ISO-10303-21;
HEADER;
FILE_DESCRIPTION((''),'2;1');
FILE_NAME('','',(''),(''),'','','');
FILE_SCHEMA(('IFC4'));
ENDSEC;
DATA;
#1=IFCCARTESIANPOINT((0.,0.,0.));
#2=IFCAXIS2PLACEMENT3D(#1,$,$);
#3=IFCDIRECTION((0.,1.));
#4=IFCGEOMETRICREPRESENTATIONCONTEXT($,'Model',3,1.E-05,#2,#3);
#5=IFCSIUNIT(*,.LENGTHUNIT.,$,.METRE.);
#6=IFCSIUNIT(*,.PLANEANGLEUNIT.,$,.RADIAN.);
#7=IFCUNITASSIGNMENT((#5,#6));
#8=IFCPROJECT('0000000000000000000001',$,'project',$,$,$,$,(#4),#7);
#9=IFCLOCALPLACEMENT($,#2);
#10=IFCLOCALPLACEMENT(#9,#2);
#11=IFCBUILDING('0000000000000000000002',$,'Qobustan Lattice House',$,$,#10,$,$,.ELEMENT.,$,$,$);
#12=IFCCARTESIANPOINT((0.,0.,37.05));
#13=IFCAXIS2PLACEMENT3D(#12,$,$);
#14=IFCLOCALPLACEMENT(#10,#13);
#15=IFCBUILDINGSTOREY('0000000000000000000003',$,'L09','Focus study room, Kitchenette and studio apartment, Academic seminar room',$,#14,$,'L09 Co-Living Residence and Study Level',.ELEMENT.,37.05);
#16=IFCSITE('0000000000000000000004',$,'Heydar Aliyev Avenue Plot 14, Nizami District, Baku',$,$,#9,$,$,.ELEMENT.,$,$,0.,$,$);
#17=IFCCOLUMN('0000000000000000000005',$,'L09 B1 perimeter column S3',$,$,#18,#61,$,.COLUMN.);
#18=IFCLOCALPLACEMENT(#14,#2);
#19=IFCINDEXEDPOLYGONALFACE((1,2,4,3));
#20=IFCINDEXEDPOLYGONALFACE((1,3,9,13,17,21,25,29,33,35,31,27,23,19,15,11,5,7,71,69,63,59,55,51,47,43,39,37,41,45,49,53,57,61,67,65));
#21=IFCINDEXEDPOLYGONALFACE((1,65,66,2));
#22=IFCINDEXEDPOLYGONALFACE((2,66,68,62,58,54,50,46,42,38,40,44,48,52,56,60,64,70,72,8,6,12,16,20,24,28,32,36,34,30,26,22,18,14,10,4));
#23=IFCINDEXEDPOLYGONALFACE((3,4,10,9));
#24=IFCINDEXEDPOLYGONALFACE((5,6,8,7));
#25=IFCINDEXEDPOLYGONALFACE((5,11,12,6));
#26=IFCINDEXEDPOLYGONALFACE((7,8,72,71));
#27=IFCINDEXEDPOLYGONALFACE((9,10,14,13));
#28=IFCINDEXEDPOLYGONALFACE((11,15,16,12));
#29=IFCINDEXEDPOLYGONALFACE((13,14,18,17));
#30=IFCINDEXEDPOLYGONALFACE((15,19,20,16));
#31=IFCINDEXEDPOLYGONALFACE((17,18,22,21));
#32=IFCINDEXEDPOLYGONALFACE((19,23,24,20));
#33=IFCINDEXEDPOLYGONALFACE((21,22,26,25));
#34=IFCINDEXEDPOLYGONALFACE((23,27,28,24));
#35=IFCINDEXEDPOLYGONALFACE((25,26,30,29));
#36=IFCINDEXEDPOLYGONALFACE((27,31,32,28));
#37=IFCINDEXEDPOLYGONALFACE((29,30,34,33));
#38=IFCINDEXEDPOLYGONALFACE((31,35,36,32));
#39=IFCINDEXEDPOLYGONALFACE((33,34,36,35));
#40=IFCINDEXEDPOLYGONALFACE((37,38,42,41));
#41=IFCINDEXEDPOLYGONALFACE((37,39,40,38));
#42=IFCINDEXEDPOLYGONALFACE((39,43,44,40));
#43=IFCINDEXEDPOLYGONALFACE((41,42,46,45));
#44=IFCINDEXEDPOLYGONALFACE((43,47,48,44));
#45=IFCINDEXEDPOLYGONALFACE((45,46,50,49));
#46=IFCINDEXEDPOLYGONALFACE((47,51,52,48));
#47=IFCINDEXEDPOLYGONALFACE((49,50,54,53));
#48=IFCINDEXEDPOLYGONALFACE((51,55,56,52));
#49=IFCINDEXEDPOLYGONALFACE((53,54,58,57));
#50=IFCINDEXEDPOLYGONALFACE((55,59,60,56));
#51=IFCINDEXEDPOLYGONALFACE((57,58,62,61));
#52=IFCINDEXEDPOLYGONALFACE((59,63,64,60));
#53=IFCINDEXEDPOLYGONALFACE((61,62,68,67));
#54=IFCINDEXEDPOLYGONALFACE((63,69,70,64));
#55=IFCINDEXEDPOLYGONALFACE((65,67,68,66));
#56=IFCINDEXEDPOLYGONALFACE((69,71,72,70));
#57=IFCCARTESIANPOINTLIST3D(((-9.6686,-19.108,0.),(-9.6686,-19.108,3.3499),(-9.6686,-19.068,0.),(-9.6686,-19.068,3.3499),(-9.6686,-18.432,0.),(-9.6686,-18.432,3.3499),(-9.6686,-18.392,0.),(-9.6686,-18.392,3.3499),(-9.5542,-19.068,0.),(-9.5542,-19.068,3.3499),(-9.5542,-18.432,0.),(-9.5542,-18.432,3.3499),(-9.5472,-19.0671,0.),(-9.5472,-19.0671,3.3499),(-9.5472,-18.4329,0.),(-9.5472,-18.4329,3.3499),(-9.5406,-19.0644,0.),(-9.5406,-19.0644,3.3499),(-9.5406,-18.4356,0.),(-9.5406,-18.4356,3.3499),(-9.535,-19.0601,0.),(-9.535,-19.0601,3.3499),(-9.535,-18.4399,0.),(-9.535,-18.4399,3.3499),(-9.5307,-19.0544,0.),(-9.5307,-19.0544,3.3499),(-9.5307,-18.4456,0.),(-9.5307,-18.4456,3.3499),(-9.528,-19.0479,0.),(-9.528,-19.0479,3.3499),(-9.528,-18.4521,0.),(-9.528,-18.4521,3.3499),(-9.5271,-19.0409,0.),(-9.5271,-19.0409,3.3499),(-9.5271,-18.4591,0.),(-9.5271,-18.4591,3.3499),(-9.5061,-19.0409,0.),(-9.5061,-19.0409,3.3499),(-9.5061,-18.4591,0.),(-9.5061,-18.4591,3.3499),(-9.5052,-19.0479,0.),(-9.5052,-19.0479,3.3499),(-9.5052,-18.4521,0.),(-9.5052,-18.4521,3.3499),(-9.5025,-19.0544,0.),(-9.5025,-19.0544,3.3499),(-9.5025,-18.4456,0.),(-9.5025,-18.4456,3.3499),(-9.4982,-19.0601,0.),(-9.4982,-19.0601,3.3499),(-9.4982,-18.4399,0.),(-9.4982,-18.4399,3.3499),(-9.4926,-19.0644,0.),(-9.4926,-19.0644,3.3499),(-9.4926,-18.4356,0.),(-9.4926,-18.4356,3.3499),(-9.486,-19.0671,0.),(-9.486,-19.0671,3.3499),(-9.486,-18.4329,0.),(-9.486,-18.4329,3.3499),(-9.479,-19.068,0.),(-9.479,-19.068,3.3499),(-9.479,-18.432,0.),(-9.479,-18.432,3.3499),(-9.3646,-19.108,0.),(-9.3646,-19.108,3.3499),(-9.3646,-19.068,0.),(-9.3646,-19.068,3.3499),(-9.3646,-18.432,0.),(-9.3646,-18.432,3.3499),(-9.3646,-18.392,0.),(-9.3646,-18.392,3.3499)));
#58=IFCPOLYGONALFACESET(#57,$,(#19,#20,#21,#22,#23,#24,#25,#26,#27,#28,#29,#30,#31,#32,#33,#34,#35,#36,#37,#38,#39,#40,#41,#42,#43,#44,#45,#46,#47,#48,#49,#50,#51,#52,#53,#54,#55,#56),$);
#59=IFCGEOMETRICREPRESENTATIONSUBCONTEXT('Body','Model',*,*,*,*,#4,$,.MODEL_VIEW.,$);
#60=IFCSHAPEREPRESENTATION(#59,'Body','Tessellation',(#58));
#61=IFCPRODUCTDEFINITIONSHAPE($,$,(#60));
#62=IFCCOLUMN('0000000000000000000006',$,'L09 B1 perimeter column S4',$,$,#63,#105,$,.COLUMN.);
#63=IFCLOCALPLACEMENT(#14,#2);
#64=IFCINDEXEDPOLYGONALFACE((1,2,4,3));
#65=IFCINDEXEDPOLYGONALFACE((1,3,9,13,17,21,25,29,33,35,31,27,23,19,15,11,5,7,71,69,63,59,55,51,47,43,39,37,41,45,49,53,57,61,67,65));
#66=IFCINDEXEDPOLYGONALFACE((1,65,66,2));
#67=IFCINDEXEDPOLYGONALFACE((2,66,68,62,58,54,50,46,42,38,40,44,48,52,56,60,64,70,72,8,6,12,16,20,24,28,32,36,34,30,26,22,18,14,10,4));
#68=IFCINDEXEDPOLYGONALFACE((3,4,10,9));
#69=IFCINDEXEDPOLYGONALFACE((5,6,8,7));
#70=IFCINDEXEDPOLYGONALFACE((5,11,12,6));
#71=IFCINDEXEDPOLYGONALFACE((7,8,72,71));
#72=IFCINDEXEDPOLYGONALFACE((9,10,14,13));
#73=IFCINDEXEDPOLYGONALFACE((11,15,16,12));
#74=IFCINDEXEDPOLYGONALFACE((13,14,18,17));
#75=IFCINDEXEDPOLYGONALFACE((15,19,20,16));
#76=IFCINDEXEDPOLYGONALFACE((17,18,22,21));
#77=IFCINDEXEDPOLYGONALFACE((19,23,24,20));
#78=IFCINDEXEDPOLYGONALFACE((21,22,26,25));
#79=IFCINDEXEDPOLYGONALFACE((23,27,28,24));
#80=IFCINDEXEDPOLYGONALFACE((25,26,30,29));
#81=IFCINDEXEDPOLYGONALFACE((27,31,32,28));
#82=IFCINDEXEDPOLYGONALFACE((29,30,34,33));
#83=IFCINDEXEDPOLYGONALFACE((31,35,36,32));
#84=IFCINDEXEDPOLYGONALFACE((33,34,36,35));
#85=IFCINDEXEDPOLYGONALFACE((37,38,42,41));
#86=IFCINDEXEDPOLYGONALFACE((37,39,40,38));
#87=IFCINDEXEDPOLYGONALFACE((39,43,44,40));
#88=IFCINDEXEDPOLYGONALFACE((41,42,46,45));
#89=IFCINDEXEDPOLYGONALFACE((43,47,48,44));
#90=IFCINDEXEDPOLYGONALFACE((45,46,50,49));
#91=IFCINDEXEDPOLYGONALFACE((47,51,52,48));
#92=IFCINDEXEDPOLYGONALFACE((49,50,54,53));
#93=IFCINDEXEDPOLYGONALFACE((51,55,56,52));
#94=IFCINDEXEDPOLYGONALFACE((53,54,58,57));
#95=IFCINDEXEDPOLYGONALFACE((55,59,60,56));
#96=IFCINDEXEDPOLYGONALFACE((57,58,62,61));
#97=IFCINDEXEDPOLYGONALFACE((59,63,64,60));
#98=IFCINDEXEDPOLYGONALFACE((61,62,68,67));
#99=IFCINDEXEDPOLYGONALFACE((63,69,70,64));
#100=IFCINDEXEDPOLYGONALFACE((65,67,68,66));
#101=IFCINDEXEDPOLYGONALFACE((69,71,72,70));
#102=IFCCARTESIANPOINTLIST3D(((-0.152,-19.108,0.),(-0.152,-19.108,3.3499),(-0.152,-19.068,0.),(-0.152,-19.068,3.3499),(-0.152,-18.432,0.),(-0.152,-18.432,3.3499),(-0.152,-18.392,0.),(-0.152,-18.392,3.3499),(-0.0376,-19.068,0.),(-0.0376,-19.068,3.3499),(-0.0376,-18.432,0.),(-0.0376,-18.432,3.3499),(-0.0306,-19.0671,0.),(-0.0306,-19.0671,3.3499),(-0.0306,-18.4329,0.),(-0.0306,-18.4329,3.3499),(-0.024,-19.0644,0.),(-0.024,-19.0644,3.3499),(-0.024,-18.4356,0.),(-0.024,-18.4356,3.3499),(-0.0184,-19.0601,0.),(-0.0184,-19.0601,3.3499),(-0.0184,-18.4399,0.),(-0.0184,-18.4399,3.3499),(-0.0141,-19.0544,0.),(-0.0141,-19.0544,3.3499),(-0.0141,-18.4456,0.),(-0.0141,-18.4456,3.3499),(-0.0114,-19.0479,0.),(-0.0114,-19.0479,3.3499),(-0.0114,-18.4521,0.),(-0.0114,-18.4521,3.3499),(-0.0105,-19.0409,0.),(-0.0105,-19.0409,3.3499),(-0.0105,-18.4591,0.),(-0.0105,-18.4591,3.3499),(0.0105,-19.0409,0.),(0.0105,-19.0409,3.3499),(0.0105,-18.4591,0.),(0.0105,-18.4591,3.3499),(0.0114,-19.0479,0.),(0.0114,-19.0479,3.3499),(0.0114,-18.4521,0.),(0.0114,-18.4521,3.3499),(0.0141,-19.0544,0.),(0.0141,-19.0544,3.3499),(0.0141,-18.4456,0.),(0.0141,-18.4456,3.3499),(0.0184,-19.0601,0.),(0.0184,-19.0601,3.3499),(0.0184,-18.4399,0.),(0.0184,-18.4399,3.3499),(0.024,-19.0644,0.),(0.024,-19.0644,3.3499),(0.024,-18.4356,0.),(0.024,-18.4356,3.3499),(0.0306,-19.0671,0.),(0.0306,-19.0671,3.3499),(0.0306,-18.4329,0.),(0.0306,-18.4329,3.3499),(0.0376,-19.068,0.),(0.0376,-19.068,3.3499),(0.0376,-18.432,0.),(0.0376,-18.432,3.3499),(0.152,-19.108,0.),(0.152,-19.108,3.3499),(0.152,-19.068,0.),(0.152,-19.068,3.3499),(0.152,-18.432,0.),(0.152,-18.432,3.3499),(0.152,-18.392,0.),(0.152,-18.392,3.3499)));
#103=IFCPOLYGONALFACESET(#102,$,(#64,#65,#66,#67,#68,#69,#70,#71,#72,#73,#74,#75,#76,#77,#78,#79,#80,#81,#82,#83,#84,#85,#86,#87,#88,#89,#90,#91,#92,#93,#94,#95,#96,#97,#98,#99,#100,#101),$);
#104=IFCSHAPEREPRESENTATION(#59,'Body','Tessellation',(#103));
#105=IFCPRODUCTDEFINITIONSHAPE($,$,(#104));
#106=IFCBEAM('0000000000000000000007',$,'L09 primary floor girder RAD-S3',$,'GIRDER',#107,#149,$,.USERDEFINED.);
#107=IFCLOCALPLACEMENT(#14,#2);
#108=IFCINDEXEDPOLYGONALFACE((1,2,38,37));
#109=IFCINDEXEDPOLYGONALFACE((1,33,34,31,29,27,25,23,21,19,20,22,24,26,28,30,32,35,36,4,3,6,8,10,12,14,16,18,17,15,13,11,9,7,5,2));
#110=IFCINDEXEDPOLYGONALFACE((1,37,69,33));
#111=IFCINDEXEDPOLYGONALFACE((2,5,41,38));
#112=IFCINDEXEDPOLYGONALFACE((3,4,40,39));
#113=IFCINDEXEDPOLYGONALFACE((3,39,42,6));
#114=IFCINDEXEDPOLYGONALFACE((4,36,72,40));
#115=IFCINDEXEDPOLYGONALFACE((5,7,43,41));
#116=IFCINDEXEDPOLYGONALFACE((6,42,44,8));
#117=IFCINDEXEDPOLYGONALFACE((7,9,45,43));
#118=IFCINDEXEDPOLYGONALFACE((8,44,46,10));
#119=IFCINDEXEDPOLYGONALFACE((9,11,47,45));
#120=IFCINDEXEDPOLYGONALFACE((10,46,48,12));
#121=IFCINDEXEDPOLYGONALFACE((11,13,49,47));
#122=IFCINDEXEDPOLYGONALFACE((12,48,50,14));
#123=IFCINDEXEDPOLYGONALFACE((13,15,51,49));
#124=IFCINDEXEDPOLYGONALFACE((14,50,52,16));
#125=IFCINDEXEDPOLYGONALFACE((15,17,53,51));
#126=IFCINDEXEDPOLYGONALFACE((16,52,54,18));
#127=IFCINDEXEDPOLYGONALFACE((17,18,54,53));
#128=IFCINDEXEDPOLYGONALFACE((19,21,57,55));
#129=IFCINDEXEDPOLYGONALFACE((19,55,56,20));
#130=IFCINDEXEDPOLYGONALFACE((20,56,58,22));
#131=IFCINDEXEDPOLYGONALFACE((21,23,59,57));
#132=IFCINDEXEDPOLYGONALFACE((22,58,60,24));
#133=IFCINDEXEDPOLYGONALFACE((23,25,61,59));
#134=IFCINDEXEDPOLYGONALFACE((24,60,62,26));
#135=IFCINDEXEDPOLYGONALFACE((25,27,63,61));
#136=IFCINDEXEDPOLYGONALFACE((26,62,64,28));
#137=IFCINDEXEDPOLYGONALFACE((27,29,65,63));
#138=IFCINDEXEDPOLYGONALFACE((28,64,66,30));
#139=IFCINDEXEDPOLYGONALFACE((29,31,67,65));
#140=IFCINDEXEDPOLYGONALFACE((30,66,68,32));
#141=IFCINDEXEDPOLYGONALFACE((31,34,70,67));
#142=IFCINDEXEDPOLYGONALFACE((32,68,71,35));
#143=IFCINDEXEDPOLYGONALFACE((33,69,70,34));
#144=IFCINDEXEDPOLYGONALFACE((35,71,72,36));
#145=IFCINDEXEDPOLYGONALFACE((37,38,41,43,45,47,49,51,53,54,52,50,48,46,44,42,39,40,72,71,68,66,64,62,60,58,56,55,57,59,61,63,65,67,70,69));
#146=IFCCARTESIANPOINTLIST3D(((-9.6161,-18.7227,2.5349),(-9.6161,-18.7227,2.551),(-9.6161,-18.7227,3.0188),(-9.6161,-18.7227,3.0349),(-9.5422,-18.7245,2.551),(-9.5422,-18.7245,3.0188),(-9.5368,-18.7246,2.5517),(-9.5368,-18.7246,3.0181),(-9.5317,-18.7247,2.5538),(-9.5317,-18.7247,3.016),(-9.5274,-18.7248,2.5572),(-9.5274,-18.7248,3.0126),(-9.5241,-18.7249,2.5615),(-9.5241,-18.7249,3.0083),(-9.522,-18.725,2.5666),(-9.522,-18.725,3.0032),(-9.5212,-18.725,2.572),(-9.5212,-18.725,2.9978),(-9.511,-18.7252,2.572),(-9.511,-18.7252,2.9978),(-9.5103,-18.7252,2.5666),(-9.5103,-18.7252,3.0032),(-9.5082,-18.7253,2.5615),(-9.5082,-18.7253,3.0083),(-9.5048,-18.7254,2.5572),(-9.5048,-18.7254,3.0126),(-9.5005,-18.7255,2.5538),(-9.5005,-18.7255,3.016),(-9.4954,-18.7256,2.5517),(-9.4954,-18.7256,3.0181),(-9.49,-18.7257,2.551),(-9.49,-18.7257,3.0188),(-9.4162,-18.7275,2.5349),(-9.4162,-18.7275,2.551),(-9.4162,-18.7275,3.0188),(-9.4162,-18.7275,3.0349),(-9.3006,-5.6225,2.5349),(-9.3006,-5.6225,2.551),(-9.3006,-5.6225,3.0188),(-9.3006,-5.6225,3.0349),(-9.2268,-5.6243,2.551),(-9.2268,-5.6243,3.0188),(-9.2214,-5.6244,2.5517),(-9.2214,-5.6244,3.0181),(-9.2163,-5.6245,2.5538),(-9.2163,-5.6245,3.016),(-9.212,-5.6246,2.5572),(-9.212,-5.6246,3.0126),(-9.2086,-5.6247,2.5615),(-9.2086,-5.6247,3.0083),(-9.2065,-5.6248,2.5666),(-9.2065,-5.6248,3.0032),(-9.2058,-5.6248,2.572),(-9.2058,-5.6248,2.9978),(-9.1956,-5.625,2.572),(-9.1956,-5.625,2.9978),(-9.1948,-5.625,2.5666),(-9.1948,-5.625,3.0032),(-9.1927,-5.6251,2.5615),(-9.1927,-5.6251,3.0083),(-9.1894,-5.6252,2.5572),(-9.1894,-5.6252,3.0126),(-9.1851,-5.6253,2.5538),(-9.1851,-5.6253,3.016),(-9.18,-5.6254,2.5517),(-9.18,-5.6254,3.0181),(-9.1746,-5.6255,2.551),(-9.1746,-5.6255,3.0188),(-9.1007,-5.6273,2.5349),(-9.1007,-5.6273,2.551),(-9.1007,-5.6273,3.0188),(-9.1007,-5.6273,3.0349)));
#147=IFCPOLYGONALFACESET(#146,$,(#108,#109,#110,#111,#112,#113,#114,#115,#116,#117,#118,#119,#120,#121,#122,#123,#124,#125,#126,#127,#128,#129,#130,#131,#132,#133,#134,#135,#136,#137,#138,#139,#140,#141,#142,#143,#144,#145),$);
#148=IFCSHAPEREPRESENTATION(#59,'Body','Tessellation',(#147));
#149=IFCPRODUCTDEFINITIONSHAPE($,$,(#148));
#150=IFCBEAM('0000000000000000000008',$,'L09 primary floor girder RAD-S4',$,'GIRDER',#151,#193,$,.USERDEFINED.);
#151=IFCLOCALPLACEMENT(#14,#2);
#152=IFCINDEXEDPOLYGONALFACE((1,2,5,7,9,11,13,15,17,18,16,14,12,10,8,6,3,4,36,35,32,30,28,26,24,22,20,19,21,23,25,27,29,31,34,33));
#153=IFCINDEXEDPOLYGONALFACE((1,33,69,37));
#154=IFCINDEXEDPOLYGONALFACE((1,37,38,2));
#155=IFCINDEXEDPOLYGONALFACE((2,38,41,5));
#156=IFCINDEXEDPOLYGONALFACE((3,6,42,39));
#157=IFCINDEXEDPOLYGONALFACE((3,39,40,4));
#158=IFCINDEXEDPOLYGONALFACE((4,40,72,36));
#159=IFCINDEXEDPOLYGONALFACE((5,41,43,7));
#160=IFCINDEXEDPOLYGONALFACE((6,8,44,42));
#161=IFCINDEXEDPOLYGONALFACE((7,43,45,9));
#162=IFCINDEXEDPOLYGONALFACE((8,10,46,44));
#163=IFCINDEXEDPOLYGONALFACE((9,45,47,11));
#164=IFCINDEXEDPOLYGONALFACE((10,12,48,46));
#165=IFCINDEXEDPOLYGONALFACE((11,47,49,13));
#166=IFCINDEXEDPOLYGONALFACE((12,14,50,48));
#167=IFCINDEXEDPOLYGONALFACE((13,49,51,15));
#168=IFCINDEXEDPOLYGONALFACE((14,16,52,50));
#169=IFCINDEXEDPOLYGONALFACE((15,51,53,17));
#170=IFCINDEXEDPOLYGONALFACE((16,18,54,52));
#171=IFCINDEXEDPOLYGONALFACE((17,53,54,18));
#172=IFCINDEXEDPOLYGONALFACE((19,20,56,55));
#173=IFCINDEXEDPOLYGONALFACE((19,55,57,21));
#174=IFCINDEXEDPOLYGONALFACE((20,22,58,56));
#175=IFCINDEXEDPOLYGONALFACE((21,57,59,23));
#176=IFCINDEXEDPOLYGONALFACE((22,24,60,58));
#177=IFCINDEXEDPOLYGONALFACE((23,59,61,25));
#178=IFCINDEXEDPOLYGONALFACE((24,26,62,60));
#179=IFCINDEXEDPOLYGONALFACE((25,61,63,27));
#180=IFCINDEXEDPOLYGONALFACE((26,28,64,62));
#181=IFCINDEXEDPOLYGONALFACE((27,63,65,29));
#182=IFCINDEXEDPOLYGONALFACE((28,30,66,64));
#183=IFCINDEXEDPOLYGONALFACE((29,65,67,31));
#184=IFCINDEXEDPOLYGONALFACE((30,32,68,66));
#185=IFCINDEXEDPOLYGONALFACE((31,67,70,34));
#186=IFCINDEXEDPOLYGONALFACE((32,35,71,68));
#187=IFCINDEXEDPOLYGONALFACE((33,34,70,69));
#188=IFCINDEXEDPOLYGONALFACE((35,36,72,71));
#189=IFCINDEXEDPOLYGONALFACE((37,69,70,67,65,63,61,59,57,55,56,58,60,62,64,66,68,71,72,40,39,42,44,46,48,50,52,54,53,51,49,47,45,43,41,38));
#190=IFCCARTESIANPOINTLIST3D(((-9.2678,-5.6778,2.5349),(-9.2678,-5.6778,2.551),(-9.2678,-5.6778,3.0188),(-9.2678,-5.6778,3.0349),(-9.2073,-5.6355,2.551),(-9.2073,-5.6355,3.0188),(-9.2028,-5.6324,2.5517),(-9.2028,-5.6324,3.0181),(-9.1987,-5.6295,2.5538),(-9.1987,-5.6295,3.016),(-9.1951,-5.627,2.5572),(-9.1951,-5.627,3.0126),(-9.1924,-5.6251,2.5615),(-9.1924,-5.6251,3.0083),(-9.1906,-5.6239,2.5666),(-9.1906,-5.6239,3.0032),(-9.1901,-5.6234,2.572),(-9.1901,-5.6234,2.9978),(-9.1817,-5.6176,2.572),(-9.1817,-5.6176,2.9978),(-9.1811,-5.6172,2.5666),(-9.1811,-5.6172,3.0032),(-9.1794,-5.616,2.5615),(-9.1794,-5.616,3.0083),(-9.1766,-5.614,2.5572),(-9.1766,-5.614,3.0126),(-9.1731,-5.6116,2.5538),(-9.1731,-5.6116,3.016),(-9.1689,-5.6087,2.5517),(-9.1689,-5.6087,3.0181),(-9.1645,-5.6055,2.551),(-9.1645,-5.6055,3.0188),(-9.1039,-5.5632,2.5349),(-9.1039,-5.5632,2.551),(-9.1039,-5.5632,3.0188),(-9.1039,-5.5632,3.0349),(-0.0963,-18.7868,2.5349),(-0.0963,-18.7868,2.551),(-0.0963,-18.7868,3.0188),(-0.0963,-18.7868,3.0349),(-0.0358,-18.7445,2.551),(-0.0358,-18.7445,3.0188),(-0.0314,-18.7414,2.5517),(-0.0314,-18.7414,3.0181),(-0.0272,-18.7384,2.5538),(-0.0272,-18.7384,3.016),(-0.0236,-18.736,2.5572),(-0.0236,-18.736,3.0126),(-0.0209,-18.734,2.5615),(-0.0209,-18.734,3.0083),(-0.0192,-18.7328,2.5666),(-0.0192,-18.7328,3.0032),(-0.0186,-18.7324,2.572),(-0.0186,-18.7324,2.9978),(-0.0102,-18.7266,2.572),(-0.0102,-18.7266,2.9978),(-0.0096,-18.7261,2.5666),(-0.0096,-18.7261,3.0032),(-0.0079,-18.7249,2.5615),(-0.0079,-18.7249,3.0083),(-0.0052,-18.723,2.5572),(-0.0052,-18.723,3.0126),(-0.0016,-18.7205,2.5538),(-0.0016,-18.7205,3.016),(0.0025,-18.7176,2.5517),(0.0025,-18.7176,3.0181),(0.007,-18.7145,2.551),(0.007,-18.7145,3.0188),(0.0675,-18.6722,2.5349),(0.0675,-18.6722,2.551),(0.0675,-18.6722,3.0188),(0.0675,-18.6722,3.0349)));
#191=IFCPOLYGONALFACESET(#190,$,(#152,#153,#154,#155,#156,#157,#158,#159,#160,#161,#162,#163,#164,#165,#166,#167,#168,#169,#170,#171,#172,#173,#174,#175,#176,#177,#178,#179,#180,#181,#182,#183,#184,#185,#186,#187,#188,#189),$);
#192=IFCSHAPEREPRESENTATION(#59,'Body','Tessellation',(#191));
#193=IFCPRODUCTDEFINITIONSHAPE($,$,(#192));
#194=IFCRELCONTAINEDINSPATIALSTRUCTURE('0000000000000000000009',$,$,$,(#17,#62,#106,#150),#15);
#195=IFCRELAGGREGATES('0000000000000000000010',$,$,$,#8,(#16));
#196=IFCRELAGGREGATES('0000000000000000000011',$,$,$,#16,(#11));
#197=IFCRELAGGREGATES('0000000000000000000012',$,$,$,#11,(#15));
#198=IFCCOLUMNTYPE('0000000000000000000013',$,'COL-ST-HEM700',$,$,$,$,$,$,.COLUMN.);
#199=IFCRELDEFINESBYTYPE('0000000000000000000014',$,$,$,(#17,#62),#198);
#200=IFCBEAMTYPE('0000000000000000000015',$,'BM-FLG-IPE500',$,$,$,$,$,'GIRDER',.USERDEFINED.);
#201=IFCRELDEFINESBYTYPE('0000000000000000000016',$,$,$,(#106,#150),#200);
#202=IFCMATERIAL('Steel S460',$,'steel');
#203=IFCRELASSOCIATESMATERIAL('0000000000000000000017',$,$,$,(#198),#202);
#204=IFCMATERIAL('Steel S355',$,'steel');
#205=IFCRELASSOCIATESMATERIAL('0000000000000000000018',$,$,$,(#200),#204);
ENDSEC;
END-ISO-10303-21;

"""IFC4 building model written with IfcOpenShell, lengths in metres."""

from ifc_helpers import new_model, si_unit, direction, frame, origin, origin_2d, place, context, subcontext, project, spatial, i_section, extrude, material, material_profile, profile_set, type_object, element, save


model = new_model("IFC4")

# Units and contexts
model_context = context("Model", 3, precision=1e-05, world=origin(), true_north=direction((0.0, 1.0)))
body_context = subcontext(model_context, "Body", "Model", "MODEL_VIEW")
ifc_project = project(units=[si_unit("LENGTHUNIT", "METRE"), si_unit("PLANEANGLEUNIT", "RADIAN")], contexts=[model_context])

# Site, building, storey
site_placement = place(None, origin())
site = spatial("IfcSite", under=ifc_project, at=site_placement, Name="Heydar Aliyev Avenue Plot 14, Nizami District, Baku", CompositionType="ELEMENT", RefElevation=0.0)
building_placement = place(site_placement, origin())
building = spatial("IfcBuilding", under=site, at=building_placement, Name="Qobustan Lattice House", CompositionType="ELEMENT")
storey_placement = place(building_placement, frame((0.0, 0.0, 37.05)))
storey = spatial("IfcBuildingStorey", under=building, at=storey_placement, Name="L09", Description="Focus study room, Kitchenette and studio apartment, Academic seminar room", LongName="L09 Co-Living Residence and Study Level", CompositionType="ELEMENT", Elevation=37.05)

# Columns
ifc_material_1 = material(Name="Steel S460", Category="steel")
ifc_material_profile_1 = material_profile(ifc_material_1, i_section(OverallWidth=0.304, OverallDepth=0.7161, WebThickness=0.021, FlangeThickness=0.04, FilletRadius=0.0271, at=origin_2d()), Name="HEM700")
ifc_profile_set_1 = profile_set([ifc_material_profile_1], Name="Steel S460")
column_type = type_object("IfcColumnType", Name="COL-ST-HEM700", PredefinedType="COLUMN", material=ifc_profile_set_1)
for number, where, z_axis, x_axis, name in (
    (1, (-9.5166, -18.75, 0.0), (0.0, 0.0, 1.0), (1.0, 0.0, 0.0), "L09 B1 perimeter column S3"),
    (2, (0.0, -18.75, 0.0), (0.0, 0.0, 1.0), (1.0, 0.0, 0.0), "L09 B1 perimeter column S4"),
):
    element("IfcColumn", number, at=place(storey_placement, frame(where, z_axis=z_axis, x_axis=x_axis)), inside=storey, type_object=column_type, Name=name, PredefinedType="COLUMN", context=body_context, shape_type="SweptSolid", body=[
        extrude(i_section(OverallWidth=0.304, OverallDepth=0.7161, WebThickness=0.021, FlangeThickness=0.04, FilletRadius=0.0271, at=origin_2d()), origin(), (0.0, 0.0, 1.0), 3.3499),
    ])

# Beams
ifc_material_2 = material(Name="Steel S355", Category="steel")
ifc_material_profile_2 = material_profile(ifc_material_2, i_section(OverallWidth=0.2, OverallDepth=0.5, WebThickness=0.0103, FlangeThickness=0.0161, FilletRadius=0.021, at=origin_2d()), Name="IPE500")
ifc_profile_set_2 = profile_set([ifc_material_profile_2], Name="Steel S355")
beam_type_1 = type_object("IfcBeamType", Name="BM-FLG-IPE500", ElementType="GIRDER", PredefinedType="USERDEFINED", material=ifc_profile_set_2)
beam_1_placement = place(storey_placement, frame((-9.5161, -18.7251, 2.7849), z_axis=(0.024071, 0.99971, 0.0), x_axis=(-0.99971, 0.024071, 0.0)))
element("IfcBeam", 3, at=beam_1_placement, inside=storey, type_object=beam_type_1, Name="L09 primary floor girder RAD-S3", ObjectType="GIRDER", PredefinedType="USERDEFINED", context=body_context, shape_type="SweptSolid", body=[
    extrude(i_section(OverallWidth=0.2, OverallDepth=0.5, WebThickness=0.0103, FlangeThickness=0.0161, FilletRadius=0.021, at=origin_2d()), origin(), (0.0, 0.0, 1.0), 13.104),
])
beam_2_placement = place(storey_placement, frame((-0.0144, -18.7295, 2.7849), z_axis=(-0.57326, 0.819374, 0.0), x_axis=(-0.819374, -0.57326, 0.0)))
element("IfcBeam", 4, at=beam_2_placement, inside=storey, type_object=beam_type_1, Name="L09 primary floor girder RAD-S4", ObjectType="GIRDER", PredefinedType="USERDEFINED", context=body_context, shape_type="SweptSolid", body=[
    extrude(i_section(OverallWidth=0.2, OverallDepth=0.5, WebThickness=0.0103, FlangeThickness=0.0161, FilletRadius=0.021, at=origin_2d()), origin(), (0.0, 0.0, 1.0), 15.9988),
])

save(model, "model.ifc")
